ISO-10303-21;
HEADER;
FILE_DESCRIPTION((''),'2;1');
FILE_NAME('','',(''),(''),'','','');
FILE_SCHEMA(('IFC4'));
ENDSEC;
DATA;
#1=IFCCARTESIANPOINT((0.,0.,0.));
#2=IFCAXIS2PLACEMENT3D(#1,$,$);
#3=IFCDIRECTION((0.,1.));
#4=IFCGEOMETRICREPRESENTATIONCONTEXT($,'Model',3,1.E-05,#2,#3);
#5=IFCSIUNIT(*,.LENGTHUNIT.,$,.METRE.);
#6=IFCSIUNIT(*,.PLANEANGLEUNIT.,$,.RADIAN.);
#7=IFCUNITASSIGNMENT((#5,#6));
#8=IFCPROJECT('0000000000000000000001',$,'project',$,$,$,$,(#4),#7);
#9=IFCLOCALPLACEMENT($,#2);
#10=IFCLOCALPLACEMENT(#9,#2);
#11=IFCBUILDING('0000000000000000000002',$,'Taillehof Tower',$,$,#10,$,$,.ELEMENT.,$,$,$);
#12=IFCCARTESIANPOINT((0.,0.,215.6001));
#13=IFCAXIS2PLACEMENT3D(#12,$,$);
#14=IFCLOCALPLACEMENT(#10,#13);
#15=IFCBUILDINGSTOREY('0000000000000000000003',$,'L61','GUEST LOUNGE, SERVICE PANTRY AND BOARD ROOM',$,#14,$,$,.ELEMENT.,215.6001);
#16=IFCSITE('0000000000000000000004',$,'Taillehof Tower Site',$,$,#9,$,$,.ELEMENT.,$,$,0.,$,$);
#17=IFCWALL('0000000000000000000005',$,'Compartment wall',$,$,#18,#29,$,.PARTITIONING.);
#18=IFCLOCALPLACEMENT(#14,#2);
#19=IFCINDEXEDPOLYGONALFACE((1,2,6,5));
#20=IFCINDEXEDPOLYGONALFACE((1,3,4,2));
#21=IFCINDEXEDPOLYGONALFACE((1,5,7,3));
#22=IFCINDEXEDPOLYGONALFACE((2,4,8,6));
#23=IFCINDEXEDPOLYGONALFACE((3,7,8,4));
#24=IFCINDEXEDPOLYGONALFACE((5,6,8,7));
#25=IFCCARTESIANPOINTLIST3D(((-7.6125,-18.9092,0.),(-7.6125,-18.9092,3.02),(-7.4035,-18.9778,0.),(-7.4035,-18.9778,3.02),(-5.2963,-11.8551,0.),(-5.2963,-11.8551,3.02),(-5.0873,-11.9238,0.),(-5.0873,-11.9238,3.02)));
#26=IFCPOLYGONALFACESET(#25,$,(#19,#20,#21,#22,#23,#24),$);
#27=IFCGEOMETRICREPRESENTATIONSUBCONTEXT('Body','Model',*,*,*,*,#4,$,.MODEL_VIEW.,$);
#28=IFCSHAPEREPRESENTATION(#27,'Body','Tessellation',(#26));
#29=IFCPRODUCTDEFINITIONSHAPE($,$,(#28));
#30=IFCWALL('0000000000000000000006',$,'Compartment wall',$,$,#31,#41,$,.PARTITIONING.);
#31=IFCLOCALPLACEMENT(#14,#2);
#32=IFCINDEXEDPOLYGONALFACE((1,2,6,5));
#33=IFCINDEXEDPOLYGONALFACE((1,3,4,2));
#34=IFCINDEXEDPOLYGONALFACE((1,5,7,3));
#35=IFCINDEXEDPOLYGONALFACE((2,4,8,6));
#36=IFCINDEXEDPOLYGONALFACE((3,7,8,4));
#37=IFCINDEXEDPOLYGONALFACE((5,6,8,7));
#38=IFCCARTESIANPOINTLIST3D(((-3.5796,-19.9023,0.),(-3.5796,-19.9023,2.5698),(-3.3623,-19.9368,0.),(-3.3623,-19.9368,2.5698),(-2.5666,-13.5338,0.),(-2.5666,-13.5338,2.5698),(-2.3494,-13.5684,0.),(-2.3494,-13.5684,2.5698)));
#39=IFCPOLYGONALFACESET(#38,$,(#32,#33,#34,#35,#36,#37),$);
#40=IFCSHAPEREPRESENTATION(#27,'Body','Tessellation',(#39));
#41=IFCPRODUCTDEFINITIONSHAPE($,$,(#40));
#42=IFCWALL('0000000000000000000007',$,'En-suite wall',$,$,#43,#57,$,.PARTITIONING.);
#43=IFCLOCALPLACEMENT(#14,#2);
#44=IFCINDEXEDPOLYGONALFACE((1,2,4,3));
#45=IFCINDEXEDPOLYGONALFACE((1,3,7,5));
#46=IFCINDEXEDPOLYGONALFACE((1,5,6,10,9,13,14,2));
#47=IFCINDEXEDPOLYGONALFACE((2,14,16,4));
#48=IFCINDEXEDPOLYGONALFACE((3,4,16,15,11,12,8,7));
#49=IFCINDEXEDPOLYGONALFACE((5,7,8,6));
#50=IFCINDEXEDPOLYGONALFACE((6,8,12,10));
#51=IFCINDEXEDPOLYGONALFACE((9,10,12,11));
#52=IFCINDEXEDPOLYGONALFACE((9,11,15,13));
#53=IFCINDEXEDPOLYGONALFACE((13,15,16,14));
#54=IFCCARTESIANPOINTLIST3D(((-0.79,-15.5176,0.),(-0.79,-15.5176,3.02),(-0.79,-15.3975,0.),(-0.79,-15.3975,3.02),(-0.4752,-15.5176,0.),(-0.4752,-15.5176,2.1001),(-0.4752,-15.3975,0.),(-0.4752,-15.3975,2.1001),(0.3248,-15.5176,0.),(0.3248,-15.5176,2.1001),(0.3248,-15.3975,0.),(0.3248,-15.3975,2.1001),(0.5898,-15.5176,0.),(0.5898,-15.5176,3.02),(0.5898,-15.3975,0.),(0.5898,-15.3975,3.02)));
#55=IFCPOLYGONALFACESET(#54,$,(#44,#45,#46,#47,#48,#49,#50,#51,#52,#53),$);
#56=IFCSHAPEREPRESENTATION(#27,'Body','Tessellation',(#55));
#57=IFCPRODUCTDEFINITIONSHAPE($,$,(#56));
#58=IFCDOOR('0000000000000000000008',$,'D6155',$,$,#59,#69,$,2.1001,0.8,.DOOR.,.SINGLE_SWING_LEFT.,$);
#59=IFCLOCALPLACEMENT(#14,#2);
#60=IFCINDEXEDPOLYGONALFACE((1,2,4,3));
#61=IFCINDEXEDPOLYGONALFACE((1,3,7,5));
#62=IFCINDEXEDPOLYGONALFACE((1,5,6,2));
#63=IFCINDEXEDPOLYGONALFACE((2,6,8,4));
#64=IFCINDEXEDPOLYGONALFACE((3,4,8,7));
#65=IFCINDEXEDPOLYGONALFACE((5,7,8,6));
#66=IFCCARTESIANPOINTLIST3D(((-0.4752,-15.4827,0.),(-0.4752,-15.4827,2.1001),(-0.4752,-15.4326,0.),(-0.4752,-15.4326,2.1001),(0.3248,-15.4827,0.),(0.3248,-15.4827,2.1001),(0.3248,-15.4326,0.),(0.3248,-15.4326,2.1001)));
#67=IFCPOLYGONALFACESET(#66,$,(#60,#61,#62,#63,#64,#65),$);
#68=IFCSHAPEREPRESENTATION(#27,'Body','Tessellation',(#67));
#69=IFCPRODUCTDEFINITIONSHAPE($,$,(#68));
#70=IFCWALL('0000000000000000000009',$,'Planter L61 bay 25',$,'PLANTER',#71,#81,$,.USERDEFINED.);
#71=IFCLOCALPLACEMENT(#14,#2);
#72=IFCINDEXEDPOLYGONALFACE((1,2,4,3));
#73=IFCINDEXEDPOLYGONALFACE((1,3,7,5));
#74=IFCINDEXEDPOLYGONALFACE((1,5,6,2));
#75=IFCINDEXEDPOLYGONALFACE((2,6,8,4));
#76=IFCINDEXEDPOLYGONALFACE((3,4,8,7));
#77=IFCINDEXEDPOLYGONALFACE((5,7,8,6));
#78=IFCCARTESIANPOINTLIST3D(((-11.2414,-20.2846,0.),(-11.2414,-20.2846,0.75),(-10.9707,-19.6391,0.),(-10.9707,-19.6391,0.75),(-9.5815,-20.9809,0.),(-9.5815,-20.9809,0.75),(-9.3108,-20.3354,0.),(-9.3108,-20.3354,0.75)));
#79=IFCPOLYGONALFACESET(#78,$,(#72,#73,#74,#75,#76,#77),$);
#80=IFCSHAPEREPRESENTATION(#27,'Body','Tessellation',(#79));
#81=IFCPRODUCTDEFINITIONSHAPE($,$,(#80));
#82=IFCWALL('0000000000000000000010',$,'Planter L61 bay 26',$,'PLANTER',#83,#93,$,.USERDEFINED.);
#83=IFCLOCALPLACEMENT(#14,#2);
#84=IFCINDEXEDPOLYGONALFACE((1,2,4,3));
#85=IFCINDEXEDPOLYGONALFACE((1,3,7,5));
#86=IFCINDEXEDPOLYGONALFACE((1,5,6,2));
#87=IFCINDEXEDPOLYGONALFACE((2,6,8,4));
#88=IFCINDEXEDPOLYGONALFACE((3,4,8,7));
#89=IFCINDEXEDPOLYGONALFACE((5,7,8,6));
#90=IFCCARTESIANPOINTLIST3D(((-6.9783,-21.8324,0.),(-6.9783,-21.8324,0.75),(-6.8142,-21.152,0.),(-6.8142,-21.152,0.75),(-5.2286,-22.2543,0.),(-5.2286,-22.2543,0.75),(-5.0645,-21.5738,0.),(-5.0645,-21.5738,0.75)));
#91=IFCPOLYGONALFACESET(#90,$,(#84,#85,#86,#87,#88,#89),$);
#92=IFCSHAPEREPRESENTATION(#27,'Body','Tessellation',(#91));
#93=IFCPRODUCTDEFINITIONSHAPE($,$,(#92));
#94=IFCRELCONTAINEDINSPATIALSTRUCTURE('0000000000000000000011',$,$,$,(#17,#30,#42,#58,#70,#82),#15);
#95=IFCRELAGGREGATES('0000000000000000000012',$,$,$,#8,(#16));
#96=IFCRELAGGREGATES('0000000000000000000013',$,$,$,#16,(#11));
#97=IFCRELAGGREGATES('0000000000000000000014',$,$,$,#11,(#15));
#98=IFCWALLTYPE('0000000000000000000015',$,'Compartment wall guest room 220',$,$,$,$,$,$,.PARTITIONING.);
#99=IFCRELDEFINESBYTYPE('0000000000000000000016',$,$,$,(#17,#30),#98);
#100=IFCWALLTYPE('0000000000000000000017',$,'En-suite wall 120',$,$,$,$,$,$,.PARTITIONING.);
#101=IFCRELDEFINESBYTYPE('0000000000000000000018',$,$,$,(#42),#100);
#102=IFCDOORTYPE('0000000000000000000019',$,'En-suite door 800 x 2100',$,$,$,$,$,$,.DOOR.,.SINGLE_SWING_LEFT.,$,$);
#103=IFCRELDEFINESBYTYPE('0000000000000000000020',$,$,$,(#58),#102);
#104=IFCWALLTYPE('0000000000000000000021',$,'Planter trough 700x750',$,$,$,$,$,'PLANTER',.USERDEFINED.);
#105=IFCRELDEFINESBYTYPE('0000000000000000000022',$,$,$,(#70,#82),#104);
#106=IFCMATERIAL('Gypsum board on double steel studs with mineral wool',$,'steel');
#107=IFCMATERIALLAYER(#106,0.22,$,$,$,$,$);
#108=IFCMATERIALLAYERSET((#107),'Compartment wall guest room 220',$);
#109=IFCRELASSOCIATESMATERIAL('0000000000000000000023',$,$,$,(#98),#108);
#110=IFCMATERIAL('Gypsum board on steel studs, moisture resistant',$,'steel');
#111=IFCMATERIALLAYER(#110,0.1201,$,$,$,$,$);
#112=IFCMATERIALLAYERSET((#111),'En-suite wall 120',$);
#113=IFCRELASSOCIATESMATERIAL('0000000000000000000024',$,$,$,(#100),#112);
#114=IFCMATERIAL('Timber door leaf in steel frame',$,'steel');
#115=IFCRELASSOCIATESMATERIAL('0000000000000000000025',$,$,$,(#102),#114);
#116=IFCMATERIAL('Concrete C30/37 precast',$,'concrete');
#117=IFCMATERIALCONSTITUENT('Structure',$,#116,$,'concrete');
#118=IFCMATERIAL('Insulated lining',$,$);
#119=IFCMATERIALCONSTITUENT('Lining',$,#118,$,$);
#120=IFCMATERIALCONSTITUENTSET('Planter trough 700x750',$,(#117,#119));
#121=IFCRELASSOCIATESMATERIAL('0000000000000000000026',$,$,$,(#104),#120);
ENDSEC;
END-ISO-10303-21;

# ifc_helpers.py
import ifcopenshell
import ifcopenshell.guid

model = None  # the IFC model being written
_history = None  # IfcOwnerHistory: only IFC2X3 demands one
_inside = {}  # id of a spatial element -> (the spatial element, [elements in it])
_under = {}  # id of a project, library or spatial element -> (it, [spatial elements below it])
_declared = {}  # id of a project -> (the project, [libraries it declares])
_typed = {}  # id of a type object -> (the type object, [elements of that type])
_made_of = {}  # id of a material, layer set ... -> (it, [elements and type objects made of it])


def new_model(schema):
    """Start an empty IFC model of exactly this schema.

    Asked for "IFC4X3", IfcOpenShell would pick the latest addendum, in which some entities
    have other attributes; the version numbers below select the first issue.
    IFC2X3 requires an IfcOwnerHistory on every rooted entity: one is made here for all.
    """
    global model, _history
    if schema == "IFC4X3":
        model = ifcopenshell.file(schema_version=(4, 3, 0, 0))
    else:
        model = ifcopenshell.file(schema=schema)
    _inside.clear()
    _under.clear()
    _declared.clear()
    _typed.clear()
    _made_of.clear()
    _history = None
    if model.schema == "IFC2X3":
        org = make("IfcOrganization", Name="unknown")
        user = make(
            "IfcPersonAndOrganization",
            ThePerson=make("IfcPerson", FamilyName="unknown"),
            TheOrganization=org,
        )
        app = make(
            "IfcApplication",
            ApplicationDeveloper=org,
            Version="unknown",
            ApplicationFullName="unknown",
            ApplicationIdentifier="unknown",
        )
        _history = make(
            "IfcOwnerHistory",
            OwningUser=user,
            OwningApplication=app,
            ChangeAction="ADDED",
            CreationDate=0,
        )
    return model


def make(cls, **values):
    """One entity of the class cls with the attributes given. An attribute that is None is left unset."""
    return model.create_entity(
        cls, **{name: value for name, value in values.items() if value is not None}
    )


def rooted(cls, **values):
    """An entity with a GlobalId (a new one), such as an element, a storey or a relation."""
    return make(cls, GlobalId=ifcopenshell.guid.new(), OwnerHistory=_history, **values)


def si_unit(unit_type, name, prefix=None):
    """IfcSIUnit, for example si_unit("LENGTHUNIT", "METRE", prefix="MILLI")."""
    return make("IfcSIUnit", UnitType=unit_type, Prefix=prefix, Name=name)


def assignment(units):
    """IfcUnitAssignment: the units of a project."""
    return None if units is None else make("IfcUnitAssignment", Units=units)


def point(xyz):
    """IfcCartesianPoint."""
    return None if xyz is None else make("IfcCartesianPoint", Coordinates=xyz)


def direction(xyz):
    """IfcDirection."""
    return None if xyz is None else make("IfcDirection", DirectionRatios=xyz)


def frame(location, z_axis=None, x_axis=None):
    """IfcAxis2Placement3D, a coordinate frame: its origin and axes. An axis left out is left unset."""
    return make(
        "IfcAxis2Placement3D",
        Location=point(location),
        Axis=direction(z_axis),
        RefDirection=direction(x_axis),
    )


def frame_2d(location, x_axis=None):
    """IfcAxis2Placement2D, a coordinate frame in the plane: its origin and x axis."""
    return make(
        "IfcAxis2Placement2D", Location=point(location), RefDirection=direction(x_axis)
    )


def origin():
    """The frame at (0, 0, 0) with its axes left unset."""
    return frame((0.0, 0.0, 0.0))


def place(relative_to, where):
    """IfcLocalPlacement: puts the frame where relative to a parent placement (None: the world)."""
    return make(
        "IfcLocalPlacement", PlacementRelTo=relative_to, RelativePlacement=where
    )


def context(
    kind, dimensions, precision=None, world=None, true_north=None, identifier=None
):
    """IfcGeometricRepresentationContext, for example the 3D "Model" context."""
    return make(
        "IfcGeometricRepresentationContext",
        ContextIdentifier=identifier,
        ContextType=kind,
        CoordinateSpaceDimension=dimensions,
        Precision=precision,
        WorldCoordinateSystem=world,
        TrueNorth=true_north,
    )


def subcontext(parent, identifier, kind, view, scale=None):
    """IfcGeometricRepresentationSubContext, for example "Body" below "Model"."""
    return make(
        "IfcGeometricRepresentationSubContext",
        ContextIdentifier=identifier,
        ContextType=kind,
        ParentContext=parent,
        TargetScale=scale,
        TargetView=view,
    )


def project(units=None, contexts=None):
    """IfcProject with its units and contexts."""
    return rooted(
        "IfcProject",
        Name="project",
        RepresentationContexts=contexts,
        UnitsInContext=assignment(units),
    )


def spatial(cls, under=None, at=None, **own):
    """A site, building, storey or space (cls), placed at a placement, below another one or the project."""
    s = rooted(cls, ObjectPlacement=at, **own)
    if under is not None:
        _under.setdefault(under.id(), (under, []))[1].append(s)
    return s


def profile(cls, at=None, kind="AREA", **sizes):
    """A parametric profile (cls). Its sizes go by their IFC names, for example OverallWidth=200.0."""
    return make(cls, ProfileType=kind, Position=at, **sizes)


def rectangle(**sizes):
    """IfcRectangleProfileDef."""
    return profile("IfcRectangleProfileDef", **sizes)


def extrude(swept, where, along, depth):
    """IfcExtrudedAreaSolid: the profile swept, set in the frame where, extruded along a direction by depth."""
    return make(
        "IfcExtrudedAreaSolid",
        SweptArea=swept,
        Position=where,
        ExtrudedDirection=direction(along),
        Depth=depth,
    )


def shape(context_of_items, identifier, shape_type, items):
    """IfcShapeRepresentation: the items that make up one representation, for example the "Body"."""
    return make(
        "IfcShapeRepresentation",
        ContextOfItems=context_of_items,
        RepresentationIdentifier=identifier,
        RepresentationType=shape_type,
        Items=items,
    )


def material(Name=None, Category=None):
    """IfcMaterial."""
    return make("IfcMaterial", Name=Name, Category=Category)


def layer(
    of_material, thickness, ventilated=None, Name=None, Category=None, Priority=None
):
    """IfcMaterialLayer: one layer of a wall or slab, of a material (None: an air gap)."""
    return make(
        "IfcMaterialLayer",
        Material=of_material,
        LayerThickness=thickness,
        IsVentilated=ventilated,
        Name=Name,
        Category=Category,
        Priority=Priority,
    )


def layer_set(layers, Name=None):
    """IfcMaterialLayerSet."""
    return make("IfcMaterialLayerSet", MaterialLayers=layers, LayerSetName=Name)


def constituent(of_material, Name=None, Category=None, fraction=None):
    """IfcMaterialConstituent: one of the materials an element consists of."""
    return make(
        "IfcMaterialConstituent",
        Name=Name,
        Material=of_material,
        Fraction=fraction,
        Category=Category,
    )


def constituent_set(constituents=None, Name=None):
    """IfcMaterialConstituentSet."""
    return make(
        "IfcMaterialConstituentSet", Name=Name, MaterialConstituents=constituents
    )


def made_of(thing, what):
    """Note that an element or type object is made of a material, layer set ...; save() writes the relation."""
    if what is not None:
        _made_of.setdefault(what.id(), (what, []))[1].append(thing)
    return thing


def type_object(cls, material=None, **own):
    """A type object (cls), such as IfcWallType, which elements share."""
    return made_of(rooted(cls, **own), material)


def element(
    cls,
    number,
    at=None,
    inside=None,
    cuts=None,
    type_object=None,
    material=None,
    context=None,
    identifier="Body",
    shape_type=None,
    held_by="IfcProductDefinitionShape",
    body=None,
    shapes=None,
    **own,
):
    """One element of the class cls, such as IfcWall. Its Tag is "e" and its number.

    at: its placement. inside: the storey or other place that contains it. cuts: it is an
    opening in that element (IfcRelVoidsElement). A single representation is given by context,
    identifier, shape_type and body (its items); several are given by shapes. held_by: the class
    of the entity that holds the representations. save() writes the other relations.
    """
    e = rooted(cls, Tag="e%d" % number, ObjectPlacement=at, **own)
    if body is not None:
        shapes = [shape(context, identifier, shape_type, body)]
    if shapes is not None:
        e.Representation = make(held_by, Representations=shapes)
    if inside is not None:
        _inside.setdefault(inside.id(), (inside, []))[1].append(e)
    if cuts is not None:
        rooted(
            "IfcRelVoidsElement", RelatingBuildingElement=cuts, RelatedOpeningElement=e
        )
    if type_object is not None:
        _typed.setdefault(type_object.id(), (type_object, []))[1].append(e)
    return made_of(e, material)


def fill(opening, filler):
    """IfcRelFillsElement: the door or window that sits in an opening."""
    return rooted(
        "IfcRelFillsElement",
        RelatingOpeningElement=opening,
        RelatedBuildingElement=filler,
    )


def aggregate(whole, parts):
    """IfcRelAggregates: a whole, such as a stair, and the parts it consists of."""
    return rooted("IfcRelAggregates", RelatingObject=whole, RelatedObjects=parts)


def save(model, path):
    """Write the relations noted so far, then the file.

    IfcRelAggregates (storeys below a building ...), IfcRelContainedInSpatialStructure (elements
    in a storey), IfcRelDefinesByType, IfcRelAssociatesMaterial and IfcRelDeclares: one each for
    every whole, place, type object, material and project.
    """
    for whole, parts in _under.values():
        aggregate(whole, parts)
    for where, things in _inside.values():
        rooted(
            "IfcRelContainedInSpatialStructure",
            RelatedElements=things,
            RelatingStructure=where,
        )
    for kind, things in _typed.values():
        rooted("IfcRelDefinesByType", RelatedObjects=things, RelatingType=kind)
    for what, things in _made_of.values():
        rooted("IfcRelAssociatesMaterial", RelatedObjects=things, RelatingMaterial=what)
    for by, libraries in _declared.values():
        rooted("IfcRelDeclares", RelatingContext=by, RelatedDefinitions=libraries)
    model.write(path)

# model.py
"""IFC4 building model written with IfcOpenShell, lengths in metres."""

from ifc_helpers import new_model, si_unit, direction, frame, frame_2d, origin, place, context, subcontext, project, spatial, rectangle, extrude, material, layer, layer_set, constituent, constituent_set, type_object, element, fill, save


model = new_model("IFC4")

# Units and contexts
model_context = context("Model", 3, precision=1e-05, world=origin(), true_north=direction((0.0, 1.0)))
body_context = subcontext(model_context, "Body", "Model", "MODEL_VIEW")
ifc_project = project(units=[si_unit("LENGTHUNIT", "METRE"), si_unit("PLANEANGLEUNIT", "RADIAN")], contexts=[model_context])

# Site, building, storey
site_placement = place(None, origin())
site = spatial("IfcSite", under=ifc_project, at=site_placement, Name="Taillehof Tower Site", CompositionType="ELEMENT", RefElevation=0.0)
building_placement = place(site_placement, origin())
building = spatial("IfcBuilding", under=site, at=building_placement, Name="Taillehof Tower", CompositionType="ELEMENT")
storey_placement = place(building_placement, frame((0.0, 0.0, 215.6001)))
storey = spatial("IfcBuildingStorey", under=building, at=storey_placement, Name="L61", Description="GUEST LOUNGE, SERVICE PANTRY AND BOARD ROOM", CompositionType="ELEMENT", Elevation=215.6001)

# Walls
ifc_material_1 = material(Name="Gypsum board on double steel studs with mineral wool", Category="steel")
ifc_layer_1 = layer(ifc_material_1, 0.22)
ifc_layer_set_1 = layer_set([ifc_layer_1], Name="Compartment wall guest room 220")
wall_type_1 = type_object("IfcWallType", Name="Compartment wall guest room 220", PredefinedType="PARTITIONING", material=ifc_layer_set_1)
wall_1_placement = place(storey_placement, frame((-7.5081, -18.9436, 0.0), z_axis=(0.0, 0.0, 1.0), x_axis=(0.311963, 0.950094, 0.0)))
element("IfcWall", 1, at=wall_1_placement, inside=storey, type_object=wall_type_1, Name="Compartment wall", PredefinedType="PARTITIONING", context=body_context, shape_type="SweptSolid", body=[
    extrude(rectangle(XDim=7.4246, YDim=0.22, at=frame_2d((3.7124, 0.0))), origin(), (0.0, 0.0, 1.0), 3.02),
])
wall_2_placement = place(storey_placement, frame((-3.4709, -19.9194, 0.0), z_axis=(0.0, 0.0, 1.0), x_axis=(0.157082, 0.987586, 0.0)))
element("IfcWall", 2, at=wall_2_placement, inside=storey, type_object=wall_type_1, Name="Compartment wall", PredefinedType="PARTITIONING", context=body_context, shape_type="SweptSolid", body=[
    extrude(rectangle(XDim=6.4485, YDim=0.22, at=frame_2d((3.2241, 0.0))), origin(), (0.0, 0.0, 1.0), 2.5698),
])

# Wall, opening, door
ifc_material_2 = material(Name="Gypsum board on steel studs, moisture resistant", Category="steel")
ifc_layer_2 = layer(ifc_material_2, 0.1201)
ifc_layer_set_2 = layer_set([ifc_layer_2], Name="En-suite wall 120")
wall_type_2 = type_object("IfcWallType", Name="En-suite wall 120", PredefinedType="PARTITIONING", material=ifc_layer_set_2)
wall_3_placement = place(storey_placement, frame((-0.79, -15.4575, 0.0), z_axis=(0.0, 0.0, 1.0), x_axis=(1.0, 0.0, 0.0)))
wall_3 = element("IfcWall", 3, at=wall_3_placement, inside=storey, type_object=wall_type_2, Name="En-suite wall", PredefinedType="PARTITIONING", context=body_context, shape_type="SweptSolid", body=[
    extrude(rectangle(XDim=1.3799, YDim=0.1201, at=frame_2d((0.6899, 0.0))), origin(), (0.0, 0.0, 1.0), 3.02),
])
opening_1_placement = place(wall_3_placement, frame((0.3149, 0.0, 0.0)))
opening_1 = element("IfcOpeningElement", 4, at=opening_1_placement, cuts=wall_3, PredefinedType="OPENING", context=body_context, shape_type="SweptSolid", body=[
    extrude(rectangle(XDim=0.8, YDim=2.1001, at=frame_2d((0.3999, 1.05))), frame((0.0, 0.0701, 0.0), z_axis=(0.0, -1.0, 0.0), x_axis=(1.0, 0.0, 0.0)), (0.0, 0.0, 1.0), 0.1401),
])
ifc_material_3 = material(Name="Timber door leaf in steel frame", Category="steel")
door_type_1 = type_object("IfcDoorType", Name="En-suite door 800 x 2100", OperationType="SINGLE_SWING_LEFT", PredefinedType="DOOR", material=ifc_material_3)
door_1_placement = place(opening_1_placement, origin())
door_1 = element("IfcDoor", 5, at=door_1_placement, inside=storey, type_object=door_type_1, Name="D6155", OperationType="SINGLE_SWING_LEFT", OverallHeight=2.1001, OverallWidth=0.8, PredefinedType="DOOR", context=body_context, shape_type="SweptSolid", body=[
    extrude(rectangle(XDim=0.8, YDim=2.1001, at=frame_2d((0.3999, 1.05))), frame((0.0, 0.0249, 0.0), z_axis=(0.0, -1.0, 0.0), x_axis=(1.0, 0.0, 0.0)), (0.0, 0.0, 1.0), 0.05),
])
fill(opening_1, door_1)

# Walls
ifc_material_4 = material(Name="Concrete C30/37 precast", Category="concrete")
ifc_constituent_1 = constituent(ifc_material_4, Name="Structure", Category="concrete")
ifc_material_5 = material(Name="Insulated lining")
ifc_constituent_2 = constituent(ifc_material_5, Name="Lining")
ifc_constituent_set = constituent_set(constituents=[ifc_constituent_1, ifc_constituent_2], Name="Planter trough 700x750")
wall_type_3 = type_object("IfcWallType", Name="Planter trough 700x750", ElementType="PLANTER", PredefinedType="USERDEFINED", material=ifc_constituent_set)
wall_4_placement = place(storey_placement, frame((-11.106, -19.9619, 0.0), z_axis=(0.0, 0.0, 1.0), x_axis=(0.922155, -0.38682, 0.0)))
element("IfcWall", 6, at=wall_4_placement, inside=storey, type_object=wall_type_3, Name="Planter L61 bay 25", ObjectType="PLANTER", PredefinedType="USERDEFINED", context=body_context, shape_type="SweptSolid", body=[
    extrude(rectangle(XDim=1.8, YDim=0.7, at=frame_2d((0.8999, 0.0))), origin(), (0.0, 0.0, 1.0), 0.75),
])
wall_5_placement = place(storey_placement, frame((-6.8962, -21.4922, 0.0), z_axis=(0.0, 0.0, 1.0), x_axis=(0.972143, -0.234389, 0.0)))
element("IfcWall", 7, at=wall_5_placement, inside=storey, type_object=wall_type_3, Name="Planter L61 bay 26", ObjectType="PLANTER", PredefinedType="USERDEFINED", context=body_context, shape_type="SweptSolid", body=[
    extrude(rectangle(XDim=1.7998, YDim=0.7, at=frame_2d((0.8999, 0.0))), origin(), (0.0, 0.0, 1.0), 0.75),
])

save(model, "model.ifc")
